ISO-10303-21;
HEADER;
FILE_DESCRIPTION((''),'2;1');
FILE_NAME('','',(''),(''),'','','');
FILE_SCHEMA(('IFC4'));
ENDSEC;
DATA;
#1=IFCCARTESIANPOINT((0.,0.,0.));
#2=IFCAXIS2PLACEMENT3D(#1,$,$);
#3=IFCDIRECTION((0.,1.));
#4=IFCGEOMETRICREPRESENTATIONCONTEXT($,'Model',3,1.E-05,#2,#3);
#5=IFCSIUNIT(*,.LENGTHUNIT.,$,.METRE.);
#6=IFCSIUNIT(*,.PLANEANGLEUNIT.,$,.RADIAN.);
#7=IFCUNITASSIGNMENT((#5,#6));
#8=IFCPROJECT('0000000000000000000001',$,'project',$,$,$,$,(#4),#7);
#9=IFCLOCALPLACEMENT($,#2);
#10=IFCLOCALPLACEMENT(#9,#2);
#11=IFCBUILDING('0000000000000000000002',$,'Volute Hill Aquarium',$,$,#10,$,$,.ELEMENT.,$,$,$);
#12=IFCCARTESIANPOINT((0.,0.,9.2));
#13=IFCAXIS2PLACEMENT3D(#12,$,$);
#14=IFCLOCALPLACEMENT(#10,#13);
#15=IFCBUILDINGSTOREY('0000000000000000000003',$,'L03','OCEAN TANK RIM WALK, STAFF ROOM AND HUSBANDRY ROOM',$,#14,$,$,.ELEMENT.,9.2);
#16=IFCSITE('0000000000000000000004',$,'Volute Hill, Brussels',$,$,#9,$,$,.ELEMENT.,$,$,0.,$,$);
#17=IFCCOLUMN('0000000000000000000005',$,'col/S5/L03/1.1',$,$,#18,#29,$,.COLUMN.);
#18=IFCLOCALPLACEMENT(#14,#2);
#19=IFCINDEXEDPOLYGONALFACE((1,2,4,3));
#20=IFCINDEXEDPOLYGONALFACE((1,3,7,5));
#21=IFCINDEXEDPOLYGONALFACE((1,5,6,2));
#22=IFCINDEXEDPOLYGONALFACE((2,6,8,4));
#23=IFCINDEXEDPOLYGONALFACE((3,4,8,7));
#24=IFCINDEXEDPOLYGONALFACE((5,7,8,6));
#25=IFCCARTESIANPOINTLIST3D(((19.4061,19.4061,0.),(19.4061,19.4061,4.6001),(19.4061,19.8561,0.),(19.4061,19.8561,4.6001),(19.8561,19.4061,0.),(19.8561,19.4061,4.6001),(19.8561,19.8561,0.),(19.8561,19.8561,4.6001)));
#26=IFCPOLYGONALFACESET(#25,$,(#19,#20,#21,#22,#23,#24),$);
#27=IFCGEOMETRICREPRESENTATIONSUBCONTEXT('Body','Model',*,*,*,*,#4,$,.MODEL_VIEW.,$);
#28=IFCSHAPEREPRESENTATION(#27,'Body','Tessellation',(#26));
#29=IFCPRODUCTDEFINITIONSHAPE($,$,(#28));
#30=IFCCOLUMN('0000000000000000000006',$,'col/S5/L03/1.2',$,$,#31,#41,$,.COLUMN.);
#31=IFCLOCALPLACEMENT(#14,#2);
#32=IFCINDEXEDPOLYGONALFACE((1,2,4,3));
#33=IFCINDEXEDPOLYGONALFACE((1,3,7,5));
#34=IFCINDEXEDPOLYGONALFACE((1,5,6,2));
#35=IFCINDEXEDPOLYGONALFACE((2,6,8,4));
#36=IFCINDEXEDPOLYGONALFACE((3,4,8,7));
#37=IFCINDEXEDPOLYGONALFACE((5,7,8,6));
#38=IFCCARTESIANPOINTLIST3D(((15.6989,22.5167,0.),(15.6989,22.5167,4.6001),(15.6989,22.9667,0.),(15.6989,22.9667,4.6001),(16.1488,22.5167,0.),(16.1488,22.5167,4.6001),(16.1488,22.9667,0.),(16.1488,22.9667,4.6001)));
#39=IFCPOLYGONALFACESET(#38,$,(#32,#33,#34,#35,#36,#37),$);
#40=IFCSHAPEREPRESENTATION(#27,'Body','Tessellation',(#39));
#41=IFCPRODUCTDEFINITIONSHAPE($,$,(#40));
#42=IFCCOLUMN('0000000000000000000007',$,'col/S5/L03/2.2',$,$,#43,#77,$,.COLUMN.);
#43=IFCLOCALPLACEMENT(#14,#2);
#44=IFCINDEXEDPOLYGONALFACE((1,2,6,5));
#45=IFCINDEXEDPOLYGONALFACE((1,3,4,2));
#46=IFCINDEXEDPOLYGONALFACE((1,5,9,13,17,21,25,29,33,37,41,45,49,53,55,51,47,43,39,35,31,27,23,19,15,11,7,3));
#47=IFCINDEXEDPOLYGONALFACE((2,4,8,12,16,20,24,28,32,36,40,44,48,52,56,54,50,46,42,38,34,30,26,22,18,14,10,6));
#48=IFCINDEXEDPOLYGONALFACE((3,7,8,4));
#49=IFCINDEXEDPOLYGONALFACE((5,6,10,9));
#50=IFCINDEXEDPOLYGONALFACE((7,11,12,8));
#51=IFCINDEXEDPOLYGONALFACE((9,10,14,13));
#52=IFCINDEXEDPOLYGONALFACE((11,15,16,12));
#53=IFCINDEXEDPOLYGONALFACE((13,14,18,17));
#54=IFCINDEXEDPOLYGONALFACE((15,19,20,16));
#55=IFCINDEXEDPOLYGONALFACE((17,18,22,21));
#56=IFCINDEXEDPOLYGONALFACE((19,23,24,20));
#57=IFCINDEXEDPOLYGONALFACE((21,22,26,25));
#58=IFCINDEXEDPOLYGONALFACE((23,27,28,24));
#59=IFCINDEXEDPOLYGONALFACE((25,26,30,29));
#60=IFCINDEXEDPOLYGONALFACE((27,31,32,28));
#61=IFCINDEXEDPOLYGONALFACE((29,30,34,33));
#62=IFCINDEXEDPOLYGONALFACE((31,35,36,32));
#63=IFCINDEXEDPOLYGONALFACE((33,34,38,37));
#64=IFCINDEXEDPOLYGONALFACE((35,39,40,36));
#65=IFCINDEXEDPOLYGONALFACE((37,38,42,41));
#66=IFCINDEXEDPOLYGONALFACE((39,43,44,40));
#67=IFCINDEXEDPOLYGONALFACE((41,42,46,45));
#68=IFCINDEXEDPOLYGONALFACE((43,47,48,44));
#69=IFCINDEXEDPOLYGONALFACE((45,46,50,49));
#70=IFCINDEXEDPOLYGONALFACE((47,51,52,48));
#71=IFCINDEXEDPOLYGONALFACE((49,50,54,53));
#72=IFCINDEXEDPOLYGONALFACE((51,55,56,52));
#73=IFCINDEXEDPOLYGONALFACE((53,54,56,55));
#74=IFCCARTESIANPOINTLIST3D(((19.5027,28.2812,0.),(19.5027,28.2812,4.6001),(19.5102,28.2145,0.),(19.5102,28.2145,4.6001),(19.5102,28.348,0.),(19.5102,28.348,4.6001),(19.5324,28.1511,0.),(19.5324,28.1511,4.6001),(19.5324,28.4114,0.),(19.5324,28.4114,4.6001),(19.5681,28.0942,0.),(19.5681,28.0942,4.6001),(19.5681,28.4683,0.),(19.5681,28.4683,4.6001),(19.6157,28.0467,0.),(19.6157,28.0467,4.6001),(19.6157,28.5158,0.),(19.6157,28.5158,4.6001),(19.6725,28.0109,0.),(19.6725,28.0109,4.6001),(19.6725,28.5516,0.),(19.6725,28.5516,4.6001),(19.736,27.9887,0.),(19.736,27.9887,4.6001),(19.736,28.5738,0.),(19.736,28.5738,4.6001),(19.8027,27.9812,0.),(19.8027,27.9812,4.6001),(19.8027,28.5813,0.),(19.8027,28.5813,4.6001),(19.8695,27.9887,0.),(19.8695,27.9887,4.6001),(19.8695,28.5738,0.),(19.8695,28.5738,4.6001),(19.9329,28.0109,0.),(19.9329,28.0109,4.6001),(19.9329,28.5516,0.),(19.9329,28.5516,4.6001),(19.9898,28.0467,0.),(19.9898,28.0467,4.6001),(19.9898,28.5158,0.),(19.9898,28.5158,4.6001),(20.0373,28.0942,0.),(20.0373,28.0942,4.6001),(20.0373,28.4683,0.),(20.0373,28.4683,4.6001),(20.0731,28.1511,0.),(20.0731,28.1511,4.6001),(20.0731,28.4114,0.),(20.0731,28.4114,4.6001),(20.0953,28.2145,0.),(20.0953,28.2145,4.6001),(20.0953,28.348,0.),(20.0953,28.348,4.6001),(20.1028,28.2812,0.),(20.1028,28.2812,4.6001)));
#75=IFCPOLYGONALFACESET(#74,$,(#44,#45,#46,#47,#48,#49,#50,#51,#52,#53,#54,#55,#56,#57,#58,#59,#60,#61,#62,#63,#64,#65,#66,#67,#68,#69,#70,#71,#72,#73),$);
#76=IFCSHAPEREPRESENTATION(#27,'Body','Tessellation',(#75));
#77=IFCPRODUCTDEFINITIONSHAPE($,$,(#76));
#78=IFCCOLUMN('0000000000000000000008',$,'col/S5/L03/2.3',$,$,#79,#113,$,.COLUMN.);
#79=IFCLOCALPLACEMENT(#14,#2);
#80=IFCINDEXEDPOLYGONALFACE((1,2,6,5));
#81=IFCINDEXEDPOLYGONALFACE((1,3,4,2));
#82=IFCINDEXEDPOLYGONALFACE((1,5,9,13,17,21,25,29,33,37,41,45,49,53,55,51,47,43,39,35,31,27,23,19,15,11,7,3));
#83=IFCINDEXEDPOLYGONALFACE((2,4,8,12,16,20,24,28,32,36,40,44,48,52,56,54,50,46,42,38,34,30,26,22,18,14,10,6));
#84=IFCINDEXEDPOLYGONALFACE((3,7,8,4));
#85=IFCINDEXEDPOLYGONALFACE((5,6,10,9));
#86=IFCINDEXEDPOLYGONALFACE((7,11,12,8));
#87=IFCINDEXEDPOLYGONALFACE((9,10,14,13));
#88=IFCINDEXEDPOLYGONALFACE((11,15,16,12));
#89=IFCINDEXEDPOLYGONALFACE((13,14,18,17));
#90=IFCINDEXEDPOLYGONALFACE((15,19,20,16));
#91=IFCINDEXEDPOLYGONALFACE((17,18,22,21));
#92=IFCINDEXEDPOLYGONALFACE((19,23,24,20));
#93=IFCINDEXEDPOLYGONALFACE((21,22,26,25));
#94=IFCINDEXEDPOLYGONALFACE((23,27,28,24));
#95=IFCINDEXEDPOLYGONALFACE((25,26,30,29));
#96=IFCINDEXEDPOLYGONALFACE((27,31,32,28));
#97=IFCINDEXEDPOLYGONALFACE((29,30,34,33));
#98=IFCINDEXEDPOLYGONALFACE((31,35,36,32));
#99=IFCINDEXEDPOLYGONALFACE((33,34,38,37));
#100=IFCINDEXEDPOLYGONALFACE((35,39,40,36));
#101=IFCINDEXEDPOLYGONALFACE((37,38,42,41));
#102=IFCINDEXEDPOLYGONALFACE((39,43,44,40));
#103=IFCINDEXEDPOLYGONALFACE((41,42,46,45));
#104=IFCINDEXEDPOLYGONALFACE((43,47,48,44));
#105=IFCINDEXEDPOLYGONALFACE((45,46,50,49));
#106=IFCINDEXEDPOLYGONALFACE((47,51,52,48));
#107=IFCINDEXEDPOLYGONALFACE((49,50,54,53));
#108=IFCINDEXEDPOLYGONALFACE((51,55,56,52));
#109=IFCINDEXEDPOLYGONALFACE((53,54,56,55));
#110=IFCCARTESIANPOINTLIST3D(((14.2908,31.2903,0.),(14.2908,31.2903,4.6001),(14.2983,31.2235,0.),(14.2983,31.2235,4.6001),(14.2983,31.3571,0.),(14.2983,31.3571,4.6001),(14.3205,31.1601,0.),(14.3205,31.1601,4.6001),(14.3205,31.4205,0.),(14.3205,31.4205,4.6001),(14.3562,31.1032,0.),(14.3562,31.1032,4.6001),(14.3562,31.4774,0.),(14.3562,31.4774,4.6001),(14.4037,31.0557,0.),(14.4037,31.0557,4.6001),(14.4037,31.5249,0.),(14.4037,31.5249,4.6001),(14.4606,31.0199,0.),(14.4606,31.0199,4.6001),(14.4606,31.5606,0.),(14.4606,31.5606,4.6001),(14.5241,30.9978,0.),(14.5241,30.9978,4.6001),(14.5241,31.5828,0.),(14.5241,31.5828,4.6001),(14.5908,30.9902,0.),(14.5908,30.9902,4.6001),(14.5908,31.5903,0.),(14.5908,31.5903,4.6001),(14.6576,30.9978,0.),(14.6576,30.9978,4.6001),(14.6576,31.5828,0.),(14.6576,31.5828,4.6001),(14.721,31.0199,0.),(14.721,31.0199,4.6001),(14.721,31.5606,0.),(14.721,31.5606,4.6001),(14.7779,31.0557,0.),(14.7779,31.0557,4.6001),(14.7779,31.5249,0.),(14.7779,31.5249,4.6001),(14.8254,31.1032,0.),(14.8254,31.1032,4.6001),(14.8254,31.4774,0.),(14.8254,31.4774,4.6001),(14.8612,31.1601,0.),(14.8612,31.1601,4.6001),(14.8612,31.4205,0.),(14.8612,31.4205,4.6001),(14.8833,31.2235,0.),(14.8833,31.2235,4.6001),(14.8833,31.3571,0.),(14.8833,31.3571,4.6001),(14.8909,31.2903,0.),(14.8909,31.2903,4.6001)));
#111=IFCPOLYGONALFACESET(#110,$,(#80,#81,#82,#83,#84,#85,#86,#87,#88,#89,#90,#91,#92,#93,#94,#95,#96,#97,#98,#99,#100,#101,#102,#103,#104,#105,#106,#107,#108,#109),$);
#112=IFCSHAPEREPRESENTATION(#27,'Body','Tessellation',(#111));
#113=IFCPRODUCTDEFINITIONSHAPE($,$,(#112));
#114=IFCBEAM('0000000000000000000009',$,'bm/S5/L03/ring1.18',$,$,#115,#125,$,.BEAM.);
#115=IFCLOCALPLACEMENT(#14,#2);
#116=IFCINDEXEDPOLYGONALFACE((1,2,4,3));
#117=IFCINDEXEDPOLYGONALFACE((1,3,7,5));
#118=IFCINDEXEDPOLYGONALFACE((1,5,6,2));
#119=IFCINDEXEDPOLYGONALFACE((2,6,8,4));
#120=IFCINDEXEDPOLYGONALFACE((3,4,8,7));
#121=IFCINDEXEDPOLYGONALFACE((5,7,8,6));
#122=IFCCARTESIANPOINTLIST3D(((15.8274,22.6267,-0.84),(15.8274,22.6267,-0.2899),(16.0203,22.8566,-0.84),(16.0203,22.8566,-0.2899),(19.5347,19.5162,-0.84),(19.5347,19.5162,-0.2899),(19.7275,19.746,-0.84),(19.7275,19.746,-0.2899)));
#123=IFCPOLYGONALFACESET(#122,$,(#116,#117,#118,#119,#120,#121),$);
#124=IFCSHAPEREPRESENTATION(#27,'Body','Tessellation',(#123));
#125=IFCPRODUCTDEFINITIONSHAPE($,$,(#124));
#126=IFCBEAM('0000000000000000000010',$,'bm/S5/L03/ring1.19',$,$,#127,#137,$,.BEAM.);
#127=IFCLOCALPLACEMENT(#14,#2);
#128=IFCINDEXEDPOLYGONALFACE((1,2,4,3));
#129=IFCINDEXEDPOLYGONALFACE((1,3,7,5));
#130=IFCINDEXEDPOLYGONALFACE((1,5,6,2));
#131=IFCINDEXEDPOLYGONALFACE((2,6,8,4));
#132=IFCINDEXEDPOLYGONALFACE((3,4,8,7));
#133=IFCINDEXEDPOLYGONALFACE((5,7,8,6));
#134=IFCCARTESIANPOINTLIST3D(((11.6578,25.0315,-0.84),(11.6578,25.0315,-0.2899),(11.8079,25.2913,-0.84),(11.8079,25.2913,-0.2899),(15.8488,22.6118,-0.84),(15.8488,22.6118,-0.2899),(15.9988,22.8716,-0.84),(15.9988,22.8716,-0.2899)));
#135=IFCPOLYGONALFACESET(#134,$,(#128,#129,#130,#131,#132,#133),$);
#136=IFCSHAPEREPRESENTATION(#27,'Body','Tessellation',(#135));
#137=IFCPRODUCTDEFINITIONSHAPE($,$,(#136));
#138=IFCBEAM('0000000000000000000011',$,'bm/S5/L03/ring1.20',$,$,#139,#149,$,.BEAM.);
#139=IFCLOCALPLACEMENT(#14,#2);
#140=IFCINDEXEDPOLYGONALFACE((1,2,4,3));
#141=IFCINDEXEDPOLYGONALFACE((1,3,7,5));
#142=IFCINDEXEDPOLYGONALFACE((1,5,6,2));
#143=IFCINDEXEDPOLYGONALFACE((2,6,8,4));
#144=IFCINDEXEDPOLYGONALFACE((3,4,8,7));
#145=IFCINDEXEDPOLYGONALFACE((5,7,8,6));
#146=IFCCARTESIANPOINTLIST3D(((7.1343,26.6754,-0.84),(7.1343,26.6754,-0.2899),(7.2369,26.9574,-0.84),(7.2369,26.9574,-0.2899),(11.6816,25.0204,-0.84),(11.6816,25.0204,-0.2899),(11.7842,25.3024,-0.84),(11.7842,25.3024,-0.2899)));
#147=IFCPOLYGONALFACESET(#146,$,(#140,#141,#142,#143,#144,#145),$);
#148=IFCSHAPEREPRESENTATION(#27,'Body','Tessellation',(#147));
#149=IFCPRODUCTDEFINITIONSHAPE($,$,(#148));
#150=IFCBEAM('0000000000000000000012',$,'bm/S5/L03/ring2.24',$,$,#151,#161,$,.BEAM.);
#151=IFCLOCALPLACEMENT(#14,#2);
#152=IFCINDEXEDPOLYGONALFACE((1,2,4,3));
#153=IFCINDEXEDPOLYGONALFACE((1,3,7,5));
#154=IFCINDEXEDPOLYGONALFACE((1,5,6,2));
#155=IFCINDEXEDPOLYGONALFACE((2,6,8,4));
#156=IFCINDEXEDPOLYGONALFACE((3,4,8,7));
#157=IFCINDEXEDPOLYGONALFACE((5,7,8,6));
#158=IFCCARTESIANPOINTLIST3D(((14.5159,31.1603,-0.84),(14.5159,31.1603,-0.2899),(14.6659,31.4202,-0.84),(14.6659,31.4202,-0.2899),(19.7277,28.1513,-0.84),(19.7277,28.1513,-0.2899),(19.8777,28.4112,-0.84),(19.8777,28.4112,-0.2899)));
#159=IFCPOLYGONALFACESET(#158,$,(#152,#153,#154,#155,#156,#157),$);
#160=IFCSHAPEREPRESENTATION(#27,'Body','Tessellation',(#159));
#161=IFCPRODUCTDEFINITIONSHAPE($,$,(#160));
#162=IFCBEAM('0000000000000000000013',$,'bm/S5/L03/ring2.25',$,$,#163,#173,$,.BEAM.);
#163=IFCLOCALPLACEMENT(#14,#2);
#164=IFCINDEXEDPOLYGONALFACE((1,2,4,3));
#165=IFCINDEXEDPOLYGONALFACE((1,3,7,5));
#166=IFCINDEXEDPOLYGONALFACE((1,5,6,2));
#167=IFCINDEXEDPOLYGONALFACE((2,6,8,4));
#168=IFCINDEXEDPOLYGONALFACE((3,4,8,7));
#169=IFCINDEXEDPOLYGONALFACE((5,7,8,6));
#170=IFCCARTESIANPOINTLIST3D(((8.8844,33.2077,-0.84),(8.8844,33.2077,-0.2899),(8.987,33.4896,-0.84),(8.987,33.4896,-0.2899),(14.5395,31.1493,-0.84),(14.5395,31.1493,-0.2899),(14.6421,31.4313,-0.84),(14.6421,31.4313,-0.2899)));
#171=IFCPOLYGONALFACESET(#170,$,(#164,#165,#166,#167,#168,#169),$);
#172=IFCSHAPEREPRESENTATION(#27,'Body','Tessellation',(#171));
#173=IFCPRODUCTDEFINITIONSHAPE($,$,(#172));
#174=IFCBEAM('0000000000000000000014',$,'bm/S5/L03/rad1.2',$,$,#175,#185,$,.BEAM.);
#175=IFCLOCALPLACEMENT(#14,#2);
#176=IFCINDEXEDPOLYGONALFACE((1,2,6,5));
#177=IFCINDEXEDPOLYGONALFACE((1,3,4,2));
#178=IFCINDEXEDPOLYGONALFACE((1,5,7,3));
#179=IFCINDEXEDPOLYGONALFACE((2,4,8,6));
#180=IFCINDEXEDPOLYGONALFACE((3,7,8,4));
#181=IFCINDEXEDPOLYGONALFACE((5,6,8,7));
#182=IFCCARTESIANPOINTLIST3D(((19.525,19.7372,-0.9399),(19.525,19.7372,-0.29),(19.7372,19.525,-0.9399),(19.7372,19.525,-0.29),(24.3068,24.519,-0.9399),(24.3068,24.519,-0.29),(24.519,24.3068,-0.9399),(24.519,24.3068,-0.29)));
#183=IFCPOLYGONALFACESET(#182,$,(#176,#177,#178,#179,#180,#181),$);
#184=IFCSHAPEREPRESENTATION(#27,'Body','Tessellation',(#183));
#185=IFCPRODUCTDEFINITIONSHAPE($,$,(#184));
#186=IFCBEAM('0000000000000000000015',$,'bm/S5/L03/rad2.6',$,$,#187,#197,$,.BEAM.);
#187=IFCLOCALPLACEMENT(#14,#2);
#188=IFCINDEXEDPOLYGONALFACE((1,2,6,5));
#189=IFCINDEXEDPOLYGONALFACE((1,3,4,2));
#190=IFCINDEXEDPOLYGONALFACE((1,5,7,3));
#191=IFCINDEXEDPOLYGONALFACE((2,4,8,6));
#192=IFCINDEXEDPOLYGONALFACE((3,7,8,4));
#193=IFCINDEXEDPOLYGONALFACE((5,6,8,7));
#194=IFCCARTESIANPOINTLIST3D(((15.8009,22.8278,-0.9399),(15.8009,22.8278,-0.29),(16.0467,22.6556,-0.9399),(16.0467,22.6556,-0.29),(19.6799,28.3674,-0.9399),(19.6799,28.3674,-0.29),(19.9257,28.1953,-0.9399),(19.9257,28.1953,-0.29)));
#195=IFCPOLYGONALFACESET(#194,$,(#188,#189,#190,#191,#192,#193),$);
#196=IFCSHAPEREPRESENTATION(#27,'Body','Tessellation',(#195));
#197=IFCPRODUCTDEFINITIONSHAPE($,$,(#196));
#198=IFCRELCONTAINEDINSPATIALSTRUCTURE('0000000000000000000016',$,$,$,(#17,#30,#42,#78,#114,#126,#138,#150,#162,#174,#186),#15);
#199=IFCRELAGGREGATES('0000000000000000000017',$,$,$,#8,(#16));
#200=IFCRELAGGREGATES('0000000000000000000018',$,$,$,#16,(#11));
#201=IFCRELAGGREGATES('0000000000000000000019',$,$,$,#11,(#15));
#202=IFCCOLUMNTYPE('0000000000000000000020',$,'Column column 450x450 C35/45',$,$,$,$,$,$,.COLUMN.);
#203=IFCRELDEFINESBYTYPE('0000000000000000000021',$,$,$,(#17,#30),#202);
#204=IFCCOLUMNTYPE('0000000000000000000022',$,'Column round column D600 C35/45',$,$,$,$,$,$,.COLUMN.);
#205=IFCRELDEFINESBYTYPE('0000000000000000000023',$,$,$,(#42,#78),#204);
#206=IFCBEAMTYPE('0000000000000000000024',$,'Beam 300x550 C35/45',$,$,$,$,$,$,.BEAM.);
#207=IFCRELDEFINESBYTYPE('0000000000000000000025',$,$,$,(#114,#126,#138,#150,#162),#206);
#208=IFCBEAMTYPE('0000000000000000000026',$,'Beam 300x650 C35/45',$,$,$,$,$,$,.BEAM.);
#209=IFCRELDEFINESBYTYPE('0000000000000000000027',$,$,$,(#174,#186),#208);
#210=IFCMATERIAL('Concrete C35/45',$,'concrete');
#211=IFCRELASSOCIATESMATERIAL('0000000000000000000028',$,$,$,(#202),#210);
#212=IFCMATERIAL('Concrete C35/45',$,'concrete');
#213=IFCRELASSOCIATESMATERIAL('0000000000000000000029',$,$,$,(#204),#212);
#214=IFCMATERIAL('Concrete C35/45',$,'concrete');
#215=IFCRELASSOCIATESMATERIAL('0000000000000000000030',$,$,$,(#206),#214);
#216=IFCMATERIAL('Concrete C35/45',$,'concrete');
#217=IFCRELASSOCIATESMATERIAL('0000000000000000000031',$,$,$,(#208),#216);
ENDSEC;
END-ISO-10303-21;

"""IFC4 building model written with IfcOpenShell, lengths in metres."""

from ifc_helpers import new_model, si_unit, direction, frame, origin, origin_2d, place, context, subcontext, project, spatial, rectangle, circle, extrude, material, material_profile, profile_set, type_object, element, save


model = new_model("IFC4")

# Units and contexts
model_context = context("Model", 3, precision=1e-05, world=origin(), true_north=direction((0.0, 1.0)))
body_context = subcontext(model_context, "Body", "Model", "MODEL_VIEW")
ifc_project = project(units=[si_unit("LENGTHUNIT", "METRE"), si_unit("PLANEANGLEUNIT", "RADIAN")], contexts=[model_context])

# Site, building, storey
site_placement = place(None, origin())
site = spatial("IfcSite", under=ifc_project, at=site_placement, Name="Volute Hill, Brussels", CompositionType="ELEMENT", RefElevation=0.0)
building_placement = place(site_placement, origin())
building = spatial("IfcBuilding", under=site, at=building_placement, Name="Volute Hill Aquarium", CompositionType="ELEMENT")
storey_placement = place(building_placement, frame((0.0, 0.0, 9.2)))
storey = spatial("IfcBuildingStorey", under=building, at=storey_placement, Name="L03", Description="OCEAN TANK RIM WALK, STAFF ROOM AND HUSBANDRY ROOM", CompositionType="ELEMENT", Elevation=9.2)

# Columns
ifc_material_1 = material(Name="Concrete C35/45", Category="concrete")
ifc_material_profile_1 = material_profile(ifc_material_1, rectangle(XDim=0.45, YDim=0.45, at=origin_2d()), Name="RC column 450x450")
ifc_profile_set_1 = profile_set([ifc_material_profile_1], Name="Concrete C35/45")
column_type_1 = type_object("IfcColumnType", Name="Column column 450x450 C35/45", PredefinedType="COLUMN", material=ifc_profile_set_1)
for number, where, z_axis, x_axis, name in (
    (1, (19.6311, 19.6311, 0.0), (0.0, 0.0, 1.0), (1.0, 0.0, 0.0), "col/S5/L03/1.1"),
    (2, (15.9238, 22.7417, 0.0), (0.0, 0.0, 1.0), (1.0, 0.0, 0.0), "col/S5/L03/1.2"),
):
    element("IfcColumn", number, at=place(storey_placement, frame(where, z_axis=z_axis, x_axis=x_axis)), inside=storey, type_object=column_type_1, Name=name, PredefinedType="COLUMN", context=body_context, shape_type="SweptSolid", body=[
        extrude(rectangle(XDim=0.45, YDim=0.45, at=origin_2d()), origin(), (0.0, 0.0, 1.0), 4.6001),
    ])
ifc_material_2 = material(Name="Concrete C35/45", Category="concrete")
ifc_material_profile_2 = material_profile(ifc_material_2, circle(Radius=0.3, at=origin_2d()), Name="RC round column D600")
ifc_profile_set_2 = profile_set([ifc_material_profile_2], Name="Concrete C35/45")
column_type_2 = type_object("IfcColumnType", Name="Column round column D600 C35/45", PredefinedType="COLUMN", material=ifc_profile_set_2)
for number, where, z_axis, x_axis, name in (
    (3, (19.8027, 28.2812, 0.0), (0.0, 0.0, 1.0), (1.0, 0.0, 0.0), "col/S5/L03/2.2"),
    (4, (14.5908, 31.2903, 0.0), (0.0, 0.0, 1.0), (1.0, 0.0, 0.0), "col/S5/L03/2.3"),
):
    element("IfcColumn", number, at=place(storey_placement, frame(where, z_axis=z_axis, x_axis=x_axis)), inside=storey, type_object=column_type_2, Name=name, PredefinedType="COLUMN", context=body_context, shape_type="SweptSolid", body=[
        extrude(circle(Radius=0.3, at=origin_2d()), origin(), (0.0, 0.0, 1.0), 4.6001),
    ])

# Beams
ifc_material_3 = material(Name="Concrete C35/45", Category="concrete")
ifc_material_profile_3 = material_profile(ifc_material_3, rectangle(XDim=0.3, YDim=0.55, at=origin_2d()), Name="RC beam 300x550")
ifc_profile_set_3 = profile_set([ifc_material_profile_3], Name="Concrete C35/45")
beam_type_1 = type_object("IfcBeamType", Name="Beam 300x550 C35/45", PredefinedType="BEAM", material=ifc_profile_set_3)
for number, where, z_axis, x_axis, name in (
    (5, (19.6311, 19.6311, -0.5649), (-0.766063, 0.642766, 0.0), (-0.642766, -0.766063, 0.0), "bm/S5/L03/ring1.18"),
    (6, (15.9238, 22.7417, -0.5649), (-0.866021, 0.500008, 0.0), (-0.500008, -0.866021, 0.0), "bm/S5/L03/ring1.19"),
):
    element("IfcBeam", number, at=place(storey_placement, frame(where, z_axis=z_axis, x_axis=x_axis)), inside=storey, type_object=beam_type_1, Name=name, PredefinedType="BEAM", context=body_context, shape_type="SweptSolid", body=[
        extrude(rectangle(XDim=0.3, YDim=0.55, at=origin_2d()), origin(), (0.0, 0.0, 1.0), 4.8394),
    ])
beam_1_placement = place(storey_placement, frame((11.7329, 25.1614, -0.5649), z_axis=(-0.939698, 0.342006, 0.0), x_axis=(-0.342006, -0.939698, 0.0)))
element("IfcBeam", 7, at=beam_1_placement, inside=storey, type_object=beam_type_1, Name="bm/S5/L03/ring1.20", PredefinedType="BEAM", context=body_context, shape_type="SweptSolid", body=[
    extrude(rectangle(XDim=0.3, YDim=0.55, at=origin_2d()), origin(), (0.0, 0.0, 1.0), 4.8391),
])
for number, where, z_axis, x_axis, name in (
    (8, (19.8027, 28.2812, -0.5649), (-0.86603, 0.499992, 0.0), (-0.499992, -0.86603, 0.0), "bm/S5/L03/ring2.24"),
    (9, (14.5908, 31.2903, -0.5649), (-0.939688, 0.342033, 0.0), (-0.342033, -0.939688, 0.0), "bm/S5/L03/ring2.25"),
):
    element("IfcBeam", number, at=place(storey_placement, frame(where, z_axis=z_axis, x_axis=x_axis)), inside=storey, type_object=beam_type_1, Name=name, PredefinedType="BEAM", context=body_context, shape_type="SweptSolid", body=[
        extrude(rectangle(XDim=0.3, YDim=0.55, at=origin_2d()), origin(), (0.0, 0.0, 1.0), 6.0181),
    ])
ifc_material_4 = material(Name="Concrete C35/45", Category="concrete")
ifc_material_profile_4 = material_profile(ifc_material_4, rectangle(XDim=0.3, YDim=0.6499, at=origin_2d()), Name="RC beam 300x650")
ifc_profile_set_4 = profile_set([ifc_material_profile_4], Name="Concrete C35/45")
beam_type_2 = type_object("IfcBeamType", Name="Beam 300x650 C35/45", PredefinedType="BEAM", material=ifc_profile_set_4)
beam_2_placement = place(storey_placement, frame((19.6311, 19.6311, -0.615), z_axis=(0.707107, 0.707107, 0.0), x_axis=(-0.707107, 0.707107, 0.0)))
element("IfcBeam", 10, at=beam_2_placement, inside=storey, type_object=beam_type_2, Name="bm/S5/L03/rad1.2", PredefinedType="BEAM", context=body_context, shape_type="SweptSolid", body=[
    extrude(rectangle(XDim=0.3, YDim=0.6499, at=origin_2d()), origin(), (0.0, 0.0, 1.0), 6.7625),
])
beam_3_placement = place(storey_placement, frame((15.9238, 22.7417, -0.615), z_axis=(0.573583, 0.819147, 0.0), x_axis=(-0.819147, 0.573583, 0.0)))
element("IfcBeam", 11, at=beam_3_placement, inside=storey, type_object=beam_type_2, Name="bm/S5/L03/rad2.6", PredefinedType="BEAM", context=body_context, shape_type="SweptSolid", body=[
    extrude(rectangle(XDim=0.3, YDim=0.6499, at=origin_2d()), origin(), (0.0, 0.0, 1.0), 6.7627),
])

save(model, "model.ifc")
